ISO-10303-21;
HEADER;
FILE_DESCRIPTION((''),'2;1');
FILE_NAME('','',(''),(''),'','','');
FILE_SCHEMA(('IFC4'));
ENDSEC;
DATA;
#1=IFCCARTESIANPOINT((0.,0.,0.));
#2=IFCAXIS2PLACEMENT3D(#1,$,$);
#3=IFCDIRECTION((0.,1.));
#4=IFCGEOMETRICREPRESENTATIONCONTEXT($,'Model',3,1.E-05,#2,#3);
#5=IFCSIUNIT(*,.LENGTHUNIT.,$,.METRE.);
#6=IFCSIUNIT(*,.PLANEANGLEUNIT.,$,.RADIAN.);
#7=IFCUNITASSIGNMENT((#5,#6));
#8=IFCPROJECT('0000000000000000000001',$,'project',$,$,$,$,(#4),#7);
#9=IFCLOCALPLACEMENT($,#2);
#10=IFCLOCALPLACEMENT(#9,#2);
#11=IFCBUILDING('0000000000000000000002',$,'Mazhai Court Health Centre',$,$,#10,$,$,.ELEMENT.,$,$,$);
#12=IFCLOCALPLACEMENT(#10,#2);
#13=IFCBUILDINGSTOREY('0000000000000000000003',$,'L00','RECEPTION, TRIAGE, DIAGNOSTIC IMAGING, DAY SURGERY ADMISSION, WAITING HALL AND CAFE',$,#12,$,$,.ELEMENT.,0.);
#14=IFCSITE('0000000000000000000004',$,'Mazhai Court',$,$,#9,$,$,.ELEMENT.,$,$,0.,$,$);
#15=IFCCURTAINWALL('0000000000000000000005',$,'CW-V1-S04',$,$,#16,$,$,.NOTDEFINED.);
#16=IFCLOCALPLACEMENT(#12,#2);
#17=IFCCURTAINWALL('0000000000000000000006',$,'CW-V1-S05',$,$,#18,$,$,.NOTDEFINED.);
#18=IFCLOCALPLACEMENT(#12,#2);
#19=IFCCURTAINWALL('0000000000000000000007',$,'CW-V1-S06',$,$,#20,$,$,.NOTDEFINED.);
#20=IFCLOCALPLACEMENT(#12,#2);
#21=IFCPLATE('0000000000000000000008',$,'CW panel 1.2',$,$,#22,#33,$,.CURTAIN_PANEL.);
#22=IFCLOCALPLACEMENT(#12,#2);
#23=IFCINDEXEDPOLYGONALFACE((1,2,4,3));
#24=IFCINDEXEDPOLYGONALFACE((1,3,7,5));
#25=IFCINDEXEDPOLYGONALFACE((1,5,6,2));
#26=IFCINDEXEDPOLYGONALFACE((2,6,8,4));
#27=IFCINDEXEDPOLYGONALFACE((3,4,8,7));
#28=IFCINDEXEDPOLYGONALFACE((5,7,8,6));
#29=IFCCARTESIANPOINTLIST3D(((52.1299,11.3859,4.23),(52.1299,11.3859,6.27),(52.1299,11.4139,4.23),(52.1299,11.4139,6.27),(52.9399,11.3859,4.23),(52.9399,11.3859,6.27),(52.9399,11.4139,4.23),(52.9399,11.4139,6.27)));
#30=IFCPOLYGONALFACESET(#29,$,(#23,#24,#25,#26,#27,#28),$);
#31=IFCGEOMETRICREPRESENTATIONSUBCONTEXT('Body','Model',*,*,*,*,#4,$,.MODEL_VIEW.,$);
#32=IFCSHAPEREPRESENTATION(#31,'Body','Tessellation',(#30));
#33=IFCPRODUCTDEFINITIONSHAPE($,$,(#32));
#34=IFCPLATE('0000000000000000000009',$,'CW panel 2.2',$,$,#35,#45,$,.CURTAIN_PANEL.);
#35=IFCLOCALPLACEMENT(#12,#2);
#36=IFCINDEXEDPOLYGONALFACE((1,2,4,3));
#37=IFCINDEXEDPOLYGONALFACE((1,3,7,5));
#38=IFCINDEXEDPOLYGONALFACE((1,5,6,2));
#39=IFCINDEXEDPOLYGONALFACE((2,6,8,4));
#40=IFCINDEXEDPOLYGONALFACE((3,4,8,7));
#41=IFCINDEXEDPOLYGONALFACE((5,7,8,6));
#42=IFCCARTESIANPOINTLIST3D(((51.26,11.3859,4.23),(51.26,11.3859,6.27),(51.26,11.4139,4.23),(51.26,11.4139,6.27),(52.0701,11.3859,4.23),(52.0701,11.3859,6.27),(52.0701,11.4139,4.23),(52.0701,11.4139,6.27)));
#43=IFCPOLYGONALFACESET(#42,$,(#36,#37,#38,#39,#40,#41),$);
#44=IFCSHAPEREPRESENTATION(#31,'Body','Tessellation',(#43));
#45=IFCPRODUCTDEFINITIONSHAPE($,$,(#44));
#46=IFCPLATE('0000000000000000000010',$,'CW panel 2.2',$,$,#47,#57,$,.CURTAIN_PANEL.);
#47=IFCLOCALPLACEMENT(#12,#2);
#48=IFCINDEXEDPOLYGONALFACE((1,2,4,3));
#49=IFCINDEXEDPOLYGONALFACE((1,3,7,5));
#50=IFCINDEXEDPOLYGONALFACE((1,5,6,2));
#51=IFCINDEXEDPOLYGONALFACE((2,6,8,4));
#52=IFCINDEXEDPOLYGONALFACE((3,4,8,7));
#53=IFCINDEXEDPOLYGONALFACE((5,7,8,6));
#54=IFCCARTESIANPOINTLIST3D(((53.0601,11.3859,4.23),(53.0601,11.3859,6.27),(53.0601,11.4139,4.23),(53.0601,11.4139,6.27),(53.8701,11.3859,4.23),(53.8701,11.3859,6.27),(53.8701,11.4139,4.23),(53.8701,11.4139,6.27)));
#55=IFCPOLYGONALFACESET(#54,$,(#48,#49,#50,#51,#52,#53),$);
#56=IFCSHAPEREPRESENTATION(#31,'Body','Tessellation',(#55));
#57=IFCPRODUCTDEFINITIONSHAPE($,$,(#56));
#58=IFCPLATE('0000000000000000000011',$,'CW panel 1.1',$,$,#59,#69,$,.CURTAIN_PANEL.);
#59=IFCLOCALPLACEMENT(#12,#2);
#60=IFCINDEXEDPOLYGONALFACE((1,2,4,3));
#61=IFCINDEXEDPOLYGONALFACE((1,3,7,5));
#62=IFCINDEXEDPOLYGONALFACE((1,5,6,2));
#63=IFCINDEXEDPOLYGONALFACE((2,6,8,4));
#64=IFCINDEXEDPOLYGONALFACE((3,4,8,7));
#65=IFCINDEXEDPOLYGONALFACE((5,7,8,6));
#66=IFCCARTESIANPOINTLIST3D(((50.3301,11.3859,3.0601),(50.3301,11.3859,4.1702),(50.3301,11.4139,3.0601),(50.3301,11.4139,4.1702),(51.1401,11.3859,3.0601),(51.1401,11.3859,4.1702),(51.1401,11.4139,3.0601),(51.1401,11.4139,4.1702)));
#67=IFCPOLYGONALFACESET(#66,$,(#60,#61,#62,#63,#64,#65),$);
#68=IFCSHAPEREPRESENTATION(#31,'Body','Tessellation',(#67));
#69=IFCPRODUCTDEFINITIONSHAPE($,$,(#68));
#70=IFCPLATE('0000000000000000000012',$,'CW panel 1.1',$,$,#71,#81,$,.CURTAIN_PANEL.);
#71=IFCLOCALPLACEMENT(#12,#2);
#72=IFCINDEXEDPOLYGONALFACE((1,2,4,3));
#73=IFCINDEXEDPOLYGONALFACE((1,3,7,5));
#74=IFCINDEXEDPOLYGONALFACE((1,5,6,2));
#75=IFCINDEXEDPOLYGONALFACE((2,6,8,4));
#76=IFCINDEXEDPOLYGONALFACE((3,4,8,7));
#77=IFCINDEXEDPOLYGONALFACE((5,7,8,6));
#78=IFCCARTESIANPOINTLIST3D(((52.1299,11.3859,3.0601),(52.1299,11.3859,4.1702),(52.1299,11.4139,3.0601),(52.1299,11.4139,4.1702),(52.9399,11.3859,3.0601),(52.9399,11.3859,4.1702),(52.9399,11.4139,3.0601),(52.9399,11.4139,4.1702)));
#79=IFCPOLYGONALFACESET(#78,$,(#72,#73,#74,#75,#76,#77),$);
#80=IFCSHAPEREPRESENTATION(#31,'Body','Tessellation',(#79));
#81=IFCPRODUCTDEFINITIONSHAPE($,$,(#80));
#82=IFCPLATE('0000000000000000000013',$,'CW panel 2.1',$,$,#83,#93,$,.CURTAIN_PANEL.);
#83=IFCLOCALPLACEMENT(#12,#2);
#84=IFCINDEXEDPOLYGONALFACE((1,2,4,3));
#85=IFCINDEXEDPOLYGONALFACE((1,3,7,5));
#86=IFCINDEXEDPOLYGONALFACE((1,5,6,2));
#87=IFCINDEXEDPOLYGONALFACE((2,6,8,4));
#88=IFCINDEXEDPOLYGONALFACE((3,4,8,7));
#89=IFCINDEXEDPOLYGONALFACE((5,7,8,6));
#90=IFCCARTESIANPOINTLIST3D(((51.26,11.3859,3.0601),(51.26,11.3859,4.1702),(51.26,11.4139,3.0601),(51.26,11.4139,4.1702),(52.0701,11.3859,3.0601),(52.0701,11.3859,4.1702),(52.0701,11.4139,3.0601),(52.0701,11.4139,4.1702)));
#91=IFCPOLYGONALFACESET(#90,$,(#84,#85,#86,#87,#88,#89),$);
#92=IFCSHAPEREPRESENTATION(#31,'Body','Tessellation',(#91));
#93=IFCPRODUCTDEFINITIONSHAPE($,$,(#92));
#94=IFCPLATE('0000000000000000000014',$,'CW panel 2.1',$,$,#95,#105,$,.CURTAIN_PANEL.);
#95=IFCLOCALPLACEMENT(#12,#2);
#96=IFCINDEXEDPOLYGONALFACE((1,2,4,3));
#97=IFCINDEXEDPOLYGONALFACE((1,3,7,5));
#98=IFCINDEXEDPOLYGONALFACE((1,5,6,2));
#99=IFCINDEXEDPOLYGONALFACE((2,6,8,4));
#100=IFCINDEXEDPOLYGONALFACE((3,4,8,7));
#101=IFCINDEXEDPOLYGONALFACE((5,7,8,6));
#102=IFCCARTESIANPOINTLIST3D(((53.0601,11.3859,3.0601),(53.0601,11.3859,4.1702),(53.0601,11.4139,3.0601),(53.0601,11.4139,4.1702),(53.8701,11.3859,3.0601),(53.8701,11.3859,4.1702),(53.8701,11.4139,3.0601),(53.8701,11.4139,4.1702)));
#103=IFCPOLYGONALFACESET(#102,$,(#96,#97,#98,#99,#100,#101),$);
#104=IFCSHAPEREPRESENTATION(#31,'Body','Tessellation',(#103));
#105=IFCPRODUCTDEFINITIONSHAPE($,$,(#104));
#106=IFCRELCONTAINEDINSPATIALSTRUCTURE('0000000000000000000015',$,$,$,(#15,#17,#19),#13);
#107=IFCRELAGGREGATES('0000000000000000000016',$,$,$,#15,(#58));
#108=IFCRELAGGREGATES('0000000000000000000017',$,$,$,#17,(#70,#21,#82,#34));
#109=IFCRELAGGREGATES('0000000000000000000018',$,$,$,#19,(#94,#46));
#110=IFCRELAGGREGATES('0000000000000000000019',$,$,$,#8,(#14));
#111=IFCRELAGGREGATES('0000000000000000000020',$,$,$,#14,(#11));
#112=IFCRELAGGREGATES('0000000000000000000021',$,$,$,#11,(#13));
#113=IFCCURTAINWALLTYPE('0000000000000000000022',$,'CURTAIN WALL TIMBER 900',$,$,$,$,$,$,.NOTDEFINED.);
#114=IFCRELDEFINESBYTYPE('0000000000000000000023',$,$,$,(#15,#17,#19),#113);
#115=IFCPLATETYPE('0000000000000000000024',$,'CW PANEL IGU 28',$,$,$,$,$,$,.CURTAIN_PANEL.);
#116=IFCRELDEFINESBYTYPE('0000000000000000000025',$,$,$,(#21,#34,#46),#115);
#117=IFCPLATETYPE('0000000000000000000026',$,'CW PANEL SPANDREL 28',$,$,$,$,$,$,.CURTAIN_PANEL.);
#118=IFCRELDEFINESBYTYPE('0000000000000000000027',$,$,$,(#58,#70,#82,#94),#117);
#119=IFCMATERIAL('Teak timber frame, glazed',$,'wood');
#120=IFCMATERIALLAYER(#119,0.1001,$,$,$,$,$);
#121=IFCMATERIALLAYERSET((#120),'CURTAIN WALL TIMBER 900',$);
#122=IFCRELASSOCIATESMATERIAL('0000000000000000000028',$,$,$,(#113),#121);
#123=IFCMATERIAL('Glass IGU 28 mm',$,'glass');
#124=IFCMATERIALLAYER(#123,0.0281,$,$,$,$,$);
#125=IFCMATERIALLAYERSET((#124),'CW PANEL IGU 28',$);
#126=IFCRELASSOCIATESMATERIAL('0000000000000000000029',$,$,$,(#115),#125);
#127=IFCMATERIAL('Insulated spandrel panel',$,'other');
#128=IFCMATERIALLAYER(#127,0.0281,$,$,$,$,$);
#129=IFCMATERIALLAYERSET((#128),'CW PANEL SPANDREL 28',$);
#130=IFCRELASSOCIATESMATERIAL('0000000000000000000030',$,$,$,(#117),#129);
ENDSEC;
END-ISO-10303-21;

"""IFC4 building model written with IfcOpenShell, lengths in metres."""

from ifc_helpers import new_model, si_unit, direction, frame, origin, origin_2d, place, context, subcontext, project, spatial, rectangle, extrude, material, layer, layer_set, type_object, element, aggregate, save


model = new_model("IFC4")

# Units and contexts
model_context = context("Model", 3, precision=1e-05, world=origin(), true_north=direction((0.0, 1.0)))
body_context = subcontext(model_context, "Body", "Model", "MODEL_VIEW")
ifc_project = project(units=[si_unit("LENGTHUNIT", "METRE"), si_unit("PLANEANGLEUNIT", "RADIAN")], contexts=[model_context])

# Site, building, storey
site_placement = place(None, origin())
site = spatial("IfcSite", under=ifc_project, at=site_placement, Name="Mazhai Court", CompositionType="ELEMENT", RefElevation=0.0)
building_placement = place(site_placement, origin())
building = spatial("IfcBuilding", under=site, at=building_placement, Name="Mazhai Court Health Centre", CompositionType="ELEMENT")
storey_placement = place(building_placement, origin())
storey = spatial("IfcBuildingStorey", under=building, at=storey_placement, Name="L00", Description="RECEPTION, TRIAGE, DIAGNOSTIC IMAGING, DAY SURGERY ADMISSION, WAITING HALL AND CAFE", CompositionType="ELEMENT", Elevation=0.0)

# Curtain walls
ifc_material_1 = material(Name="Teak timber frame, glazed", Category="wood")
ifc_layer_1 = layer(ifc_material_1, 0.1001)
ifc_layer_set_1 = layer_set([ifc_layer_1], Name="CURTAIN WALL TIMBER 900")
curtain_wall_type = type_object("IfcCurtainWallType", Name="CURTAIN WALL TIMBER 900", PredefinedType="NOTDEFINED", material=ifc_layer_set_1)
curtain_wall_1_placement = place(storey_placement, origin())
curtain_wall_1 = element("IfcCurtainWall", 1, at=curtain_wall_1_placement, inside=storey, type_object=curtain_wall_type, Name="CW-V1-S04", PredefinedType="NOTDEFINED")
curtain_wall_2_placement = place(storey_placement, origin())
curtain_wall_2 = element("IfcCurtainWall", 2, at=curtain_wall_2_placement, inside=storey, type_object=curtain_wall_type, Name="CW-V1-S05", PredefinedType="NOTDEFINED")

# Curtain wall
curtain_wall_3_placement = place(storey_placement, origin())
curtain_wall_3 = element("IfcCurtainWall", 3, at=curtain_wall_3_placement, inside=storey, type_object=curtain_wall_type, Name="CW-V1-S06", PredefinedType="NOTDEFINED")

# Plates
ifc_material_2 = material(Name="Glass IGU 28 mm", Category="glass")
ifc_layer_2 = layer(ifc_material_2, 0.0281)
ifc_layer_set_2 = layer_set([ifc_layer_2], Name="CW PANEL IGU 28")
plate_type_1 = type_object("IfcPlateType", Name="CW PANEL IGU 28", PredefinedType="CURTAIN_PANEL", material=ifc_layer_set_2)
plate_1_placement = place(storey_placement, frame((52.5349, 11.3999, 4.23), z_axis=(0.0, 0.0, 1.0), x_axis=(-1.0, 0.0, 0.0)))
plate_1 = element("IfcPlate", 4, at=plate_1_placement, type_object=plate_type_1, Name="CW panel 1.2", PredefinedType="CURTAIN_PANEL", context=body_context, shape_type="SweptSolid", body=[
    extrude(rectangle(XDim=0.8101, YDim=0.0281, at=origin_2d()), origin(), (0.0, 0.0, 1.0), 2.04),
])
plate_2_placement = place(storey_placement, frame((51.665, 11.3999, 4.23), z_axis=(0.0, 0.0, 1.0), x_axis=(-1.0, 0.0, 0.0)))
plate_2 = element("IfcPlate", 5, at=plate_2_placement, type_object=plate_type_1, Name="CW panel 2.2", PredefinedType="CURTAIN_PANEL", context=body_context, shape_type="SweptSolid", body=[
    extrude(rectangle(XDim=0.8101, YDim=0.0281, at=origin_2d()), origin(), (0.0, 0.0, 1.0), 2.04),
])
plate_3_placement = place(storey_placement, frame((53.4651, 11.3999, 4.23), z_axis=(0.0, 0.0, 1.0), x_axis=(-1.0, 0.0, 0.0)))
plate_3 = element("IfcPlate", 6, at=plate_3_placement, type_object=plate_type_1, Name="CW panel 2.2", PredefinedType="CURTAIN_PANEL", context=body_context, shape_type="SweptSolid", body=[
    extrude(rectangle(XDim=0.8101, YDim=0.0281, at=origin_2d()), origin(), (0.0, 0.0, 1.0), 2.04),
])
ifc_material_3 = material(Name="Insulated spandrel panel", Category="other")
ifc_layer_3 = layer(ifc_material_3, 0.0281)
ifc_layer_set_3 = layer_set([ifc_layer_3], Name="CW PANEL SPANDREL 28")
plate_type_2 = type_object("IfcPlateType", Name="CW PANEL SPANDREL 28", PredefinedType="CURTAIN_PANEL", material=ifc_layer_set_3)
plate_4_placement = place(storey_placement, frame((50.7351, 11.3999, 3.0601), z_axis=(0.0, 0.0, 1.0), x_axis=(-1.0, 0.0, 0.0)))
plate_4 = element("IfcPlate", 7, at=plate_4_placement, type_object=plate_type_2, Name="CW panel 1.1", PredefinedType="CURTAIN_PANEL", context=body_context, shape_type="SweptSolid", body=[
    extrude(rectangle(XDim=0.8101, YDim=0.0281, at=origin_2d()), origin(), (0.0, 0.0, 1.0), 1.1101),
])
aggregate(curtain_wall_1, [plate_4])
plate_5_placement = place(storey_placement, frame((52.5349, 11.3999, 3.0601), z_axis=(0.0, 0.0, 1.0), x_axis=(-1.0, 0.0, 0.0)))
plate_5 = element("IfcPlate", 8, at=plate_5_placement, type_object=plate_type_2, Name="CW panel 1.1", PredefinedType="CURTAIN_PANEL", context=body_context, shape_type="SweptSolid", body=[
    extrude(rectangle(XDim=0.8101, YDim=0.0281, at=origin_2d()), origin(), (0.0, 0.0, 1.0), 1.1101),
])
plate_6_placement = place(storey_placement, frame((51.665, 11.3999, 3.0601), z_axis=(0.0, 0.0, 1.0), x_axis=(-1.0, 0.0, 0.0)))
plate_6 = element("IfcPlate", 9, at=plate_6_placement, type_object=plate_type_2, Name="CW panel 2.1", PredefinedType="CURTAIN_PANEL", context=body_context, shape_type="SweptSolid", body=[
    extrude(rectangle(XDim=0.8101, YDim=0.0281, at=origin_2d()), origin(), (0.0, 0.0, 1.0), 1.1101),
])
aggregate(curtain_wall_2, [plate_5, plate_1, plate_6, plate_2])
plate_7_placement = place(storey_placement, frame((53.4651, 11.3999, 3.0601), z_axis=(0.0, 0.0, 1.0), x_axis=(-1.0, 0.0, 0.0)))
plate_7 = element("IfcPlate", 10, at=plate_7_placement, type_object=plate_type_2, Name="CW panel 2.1", PredefinedType="CURTAIN_PANEL", context=body_context, shape_type="SweptSolid", body=[
    extrude(rectangle(XDim=0.8101, YDim=0.0281, at=origin_2d()), origin(), (0.0, 0.0, 1.0), 1.1101),
])
aggregate(curtain_wall_3, [plate_7, plate_3])

save(model, "model.ifc")
